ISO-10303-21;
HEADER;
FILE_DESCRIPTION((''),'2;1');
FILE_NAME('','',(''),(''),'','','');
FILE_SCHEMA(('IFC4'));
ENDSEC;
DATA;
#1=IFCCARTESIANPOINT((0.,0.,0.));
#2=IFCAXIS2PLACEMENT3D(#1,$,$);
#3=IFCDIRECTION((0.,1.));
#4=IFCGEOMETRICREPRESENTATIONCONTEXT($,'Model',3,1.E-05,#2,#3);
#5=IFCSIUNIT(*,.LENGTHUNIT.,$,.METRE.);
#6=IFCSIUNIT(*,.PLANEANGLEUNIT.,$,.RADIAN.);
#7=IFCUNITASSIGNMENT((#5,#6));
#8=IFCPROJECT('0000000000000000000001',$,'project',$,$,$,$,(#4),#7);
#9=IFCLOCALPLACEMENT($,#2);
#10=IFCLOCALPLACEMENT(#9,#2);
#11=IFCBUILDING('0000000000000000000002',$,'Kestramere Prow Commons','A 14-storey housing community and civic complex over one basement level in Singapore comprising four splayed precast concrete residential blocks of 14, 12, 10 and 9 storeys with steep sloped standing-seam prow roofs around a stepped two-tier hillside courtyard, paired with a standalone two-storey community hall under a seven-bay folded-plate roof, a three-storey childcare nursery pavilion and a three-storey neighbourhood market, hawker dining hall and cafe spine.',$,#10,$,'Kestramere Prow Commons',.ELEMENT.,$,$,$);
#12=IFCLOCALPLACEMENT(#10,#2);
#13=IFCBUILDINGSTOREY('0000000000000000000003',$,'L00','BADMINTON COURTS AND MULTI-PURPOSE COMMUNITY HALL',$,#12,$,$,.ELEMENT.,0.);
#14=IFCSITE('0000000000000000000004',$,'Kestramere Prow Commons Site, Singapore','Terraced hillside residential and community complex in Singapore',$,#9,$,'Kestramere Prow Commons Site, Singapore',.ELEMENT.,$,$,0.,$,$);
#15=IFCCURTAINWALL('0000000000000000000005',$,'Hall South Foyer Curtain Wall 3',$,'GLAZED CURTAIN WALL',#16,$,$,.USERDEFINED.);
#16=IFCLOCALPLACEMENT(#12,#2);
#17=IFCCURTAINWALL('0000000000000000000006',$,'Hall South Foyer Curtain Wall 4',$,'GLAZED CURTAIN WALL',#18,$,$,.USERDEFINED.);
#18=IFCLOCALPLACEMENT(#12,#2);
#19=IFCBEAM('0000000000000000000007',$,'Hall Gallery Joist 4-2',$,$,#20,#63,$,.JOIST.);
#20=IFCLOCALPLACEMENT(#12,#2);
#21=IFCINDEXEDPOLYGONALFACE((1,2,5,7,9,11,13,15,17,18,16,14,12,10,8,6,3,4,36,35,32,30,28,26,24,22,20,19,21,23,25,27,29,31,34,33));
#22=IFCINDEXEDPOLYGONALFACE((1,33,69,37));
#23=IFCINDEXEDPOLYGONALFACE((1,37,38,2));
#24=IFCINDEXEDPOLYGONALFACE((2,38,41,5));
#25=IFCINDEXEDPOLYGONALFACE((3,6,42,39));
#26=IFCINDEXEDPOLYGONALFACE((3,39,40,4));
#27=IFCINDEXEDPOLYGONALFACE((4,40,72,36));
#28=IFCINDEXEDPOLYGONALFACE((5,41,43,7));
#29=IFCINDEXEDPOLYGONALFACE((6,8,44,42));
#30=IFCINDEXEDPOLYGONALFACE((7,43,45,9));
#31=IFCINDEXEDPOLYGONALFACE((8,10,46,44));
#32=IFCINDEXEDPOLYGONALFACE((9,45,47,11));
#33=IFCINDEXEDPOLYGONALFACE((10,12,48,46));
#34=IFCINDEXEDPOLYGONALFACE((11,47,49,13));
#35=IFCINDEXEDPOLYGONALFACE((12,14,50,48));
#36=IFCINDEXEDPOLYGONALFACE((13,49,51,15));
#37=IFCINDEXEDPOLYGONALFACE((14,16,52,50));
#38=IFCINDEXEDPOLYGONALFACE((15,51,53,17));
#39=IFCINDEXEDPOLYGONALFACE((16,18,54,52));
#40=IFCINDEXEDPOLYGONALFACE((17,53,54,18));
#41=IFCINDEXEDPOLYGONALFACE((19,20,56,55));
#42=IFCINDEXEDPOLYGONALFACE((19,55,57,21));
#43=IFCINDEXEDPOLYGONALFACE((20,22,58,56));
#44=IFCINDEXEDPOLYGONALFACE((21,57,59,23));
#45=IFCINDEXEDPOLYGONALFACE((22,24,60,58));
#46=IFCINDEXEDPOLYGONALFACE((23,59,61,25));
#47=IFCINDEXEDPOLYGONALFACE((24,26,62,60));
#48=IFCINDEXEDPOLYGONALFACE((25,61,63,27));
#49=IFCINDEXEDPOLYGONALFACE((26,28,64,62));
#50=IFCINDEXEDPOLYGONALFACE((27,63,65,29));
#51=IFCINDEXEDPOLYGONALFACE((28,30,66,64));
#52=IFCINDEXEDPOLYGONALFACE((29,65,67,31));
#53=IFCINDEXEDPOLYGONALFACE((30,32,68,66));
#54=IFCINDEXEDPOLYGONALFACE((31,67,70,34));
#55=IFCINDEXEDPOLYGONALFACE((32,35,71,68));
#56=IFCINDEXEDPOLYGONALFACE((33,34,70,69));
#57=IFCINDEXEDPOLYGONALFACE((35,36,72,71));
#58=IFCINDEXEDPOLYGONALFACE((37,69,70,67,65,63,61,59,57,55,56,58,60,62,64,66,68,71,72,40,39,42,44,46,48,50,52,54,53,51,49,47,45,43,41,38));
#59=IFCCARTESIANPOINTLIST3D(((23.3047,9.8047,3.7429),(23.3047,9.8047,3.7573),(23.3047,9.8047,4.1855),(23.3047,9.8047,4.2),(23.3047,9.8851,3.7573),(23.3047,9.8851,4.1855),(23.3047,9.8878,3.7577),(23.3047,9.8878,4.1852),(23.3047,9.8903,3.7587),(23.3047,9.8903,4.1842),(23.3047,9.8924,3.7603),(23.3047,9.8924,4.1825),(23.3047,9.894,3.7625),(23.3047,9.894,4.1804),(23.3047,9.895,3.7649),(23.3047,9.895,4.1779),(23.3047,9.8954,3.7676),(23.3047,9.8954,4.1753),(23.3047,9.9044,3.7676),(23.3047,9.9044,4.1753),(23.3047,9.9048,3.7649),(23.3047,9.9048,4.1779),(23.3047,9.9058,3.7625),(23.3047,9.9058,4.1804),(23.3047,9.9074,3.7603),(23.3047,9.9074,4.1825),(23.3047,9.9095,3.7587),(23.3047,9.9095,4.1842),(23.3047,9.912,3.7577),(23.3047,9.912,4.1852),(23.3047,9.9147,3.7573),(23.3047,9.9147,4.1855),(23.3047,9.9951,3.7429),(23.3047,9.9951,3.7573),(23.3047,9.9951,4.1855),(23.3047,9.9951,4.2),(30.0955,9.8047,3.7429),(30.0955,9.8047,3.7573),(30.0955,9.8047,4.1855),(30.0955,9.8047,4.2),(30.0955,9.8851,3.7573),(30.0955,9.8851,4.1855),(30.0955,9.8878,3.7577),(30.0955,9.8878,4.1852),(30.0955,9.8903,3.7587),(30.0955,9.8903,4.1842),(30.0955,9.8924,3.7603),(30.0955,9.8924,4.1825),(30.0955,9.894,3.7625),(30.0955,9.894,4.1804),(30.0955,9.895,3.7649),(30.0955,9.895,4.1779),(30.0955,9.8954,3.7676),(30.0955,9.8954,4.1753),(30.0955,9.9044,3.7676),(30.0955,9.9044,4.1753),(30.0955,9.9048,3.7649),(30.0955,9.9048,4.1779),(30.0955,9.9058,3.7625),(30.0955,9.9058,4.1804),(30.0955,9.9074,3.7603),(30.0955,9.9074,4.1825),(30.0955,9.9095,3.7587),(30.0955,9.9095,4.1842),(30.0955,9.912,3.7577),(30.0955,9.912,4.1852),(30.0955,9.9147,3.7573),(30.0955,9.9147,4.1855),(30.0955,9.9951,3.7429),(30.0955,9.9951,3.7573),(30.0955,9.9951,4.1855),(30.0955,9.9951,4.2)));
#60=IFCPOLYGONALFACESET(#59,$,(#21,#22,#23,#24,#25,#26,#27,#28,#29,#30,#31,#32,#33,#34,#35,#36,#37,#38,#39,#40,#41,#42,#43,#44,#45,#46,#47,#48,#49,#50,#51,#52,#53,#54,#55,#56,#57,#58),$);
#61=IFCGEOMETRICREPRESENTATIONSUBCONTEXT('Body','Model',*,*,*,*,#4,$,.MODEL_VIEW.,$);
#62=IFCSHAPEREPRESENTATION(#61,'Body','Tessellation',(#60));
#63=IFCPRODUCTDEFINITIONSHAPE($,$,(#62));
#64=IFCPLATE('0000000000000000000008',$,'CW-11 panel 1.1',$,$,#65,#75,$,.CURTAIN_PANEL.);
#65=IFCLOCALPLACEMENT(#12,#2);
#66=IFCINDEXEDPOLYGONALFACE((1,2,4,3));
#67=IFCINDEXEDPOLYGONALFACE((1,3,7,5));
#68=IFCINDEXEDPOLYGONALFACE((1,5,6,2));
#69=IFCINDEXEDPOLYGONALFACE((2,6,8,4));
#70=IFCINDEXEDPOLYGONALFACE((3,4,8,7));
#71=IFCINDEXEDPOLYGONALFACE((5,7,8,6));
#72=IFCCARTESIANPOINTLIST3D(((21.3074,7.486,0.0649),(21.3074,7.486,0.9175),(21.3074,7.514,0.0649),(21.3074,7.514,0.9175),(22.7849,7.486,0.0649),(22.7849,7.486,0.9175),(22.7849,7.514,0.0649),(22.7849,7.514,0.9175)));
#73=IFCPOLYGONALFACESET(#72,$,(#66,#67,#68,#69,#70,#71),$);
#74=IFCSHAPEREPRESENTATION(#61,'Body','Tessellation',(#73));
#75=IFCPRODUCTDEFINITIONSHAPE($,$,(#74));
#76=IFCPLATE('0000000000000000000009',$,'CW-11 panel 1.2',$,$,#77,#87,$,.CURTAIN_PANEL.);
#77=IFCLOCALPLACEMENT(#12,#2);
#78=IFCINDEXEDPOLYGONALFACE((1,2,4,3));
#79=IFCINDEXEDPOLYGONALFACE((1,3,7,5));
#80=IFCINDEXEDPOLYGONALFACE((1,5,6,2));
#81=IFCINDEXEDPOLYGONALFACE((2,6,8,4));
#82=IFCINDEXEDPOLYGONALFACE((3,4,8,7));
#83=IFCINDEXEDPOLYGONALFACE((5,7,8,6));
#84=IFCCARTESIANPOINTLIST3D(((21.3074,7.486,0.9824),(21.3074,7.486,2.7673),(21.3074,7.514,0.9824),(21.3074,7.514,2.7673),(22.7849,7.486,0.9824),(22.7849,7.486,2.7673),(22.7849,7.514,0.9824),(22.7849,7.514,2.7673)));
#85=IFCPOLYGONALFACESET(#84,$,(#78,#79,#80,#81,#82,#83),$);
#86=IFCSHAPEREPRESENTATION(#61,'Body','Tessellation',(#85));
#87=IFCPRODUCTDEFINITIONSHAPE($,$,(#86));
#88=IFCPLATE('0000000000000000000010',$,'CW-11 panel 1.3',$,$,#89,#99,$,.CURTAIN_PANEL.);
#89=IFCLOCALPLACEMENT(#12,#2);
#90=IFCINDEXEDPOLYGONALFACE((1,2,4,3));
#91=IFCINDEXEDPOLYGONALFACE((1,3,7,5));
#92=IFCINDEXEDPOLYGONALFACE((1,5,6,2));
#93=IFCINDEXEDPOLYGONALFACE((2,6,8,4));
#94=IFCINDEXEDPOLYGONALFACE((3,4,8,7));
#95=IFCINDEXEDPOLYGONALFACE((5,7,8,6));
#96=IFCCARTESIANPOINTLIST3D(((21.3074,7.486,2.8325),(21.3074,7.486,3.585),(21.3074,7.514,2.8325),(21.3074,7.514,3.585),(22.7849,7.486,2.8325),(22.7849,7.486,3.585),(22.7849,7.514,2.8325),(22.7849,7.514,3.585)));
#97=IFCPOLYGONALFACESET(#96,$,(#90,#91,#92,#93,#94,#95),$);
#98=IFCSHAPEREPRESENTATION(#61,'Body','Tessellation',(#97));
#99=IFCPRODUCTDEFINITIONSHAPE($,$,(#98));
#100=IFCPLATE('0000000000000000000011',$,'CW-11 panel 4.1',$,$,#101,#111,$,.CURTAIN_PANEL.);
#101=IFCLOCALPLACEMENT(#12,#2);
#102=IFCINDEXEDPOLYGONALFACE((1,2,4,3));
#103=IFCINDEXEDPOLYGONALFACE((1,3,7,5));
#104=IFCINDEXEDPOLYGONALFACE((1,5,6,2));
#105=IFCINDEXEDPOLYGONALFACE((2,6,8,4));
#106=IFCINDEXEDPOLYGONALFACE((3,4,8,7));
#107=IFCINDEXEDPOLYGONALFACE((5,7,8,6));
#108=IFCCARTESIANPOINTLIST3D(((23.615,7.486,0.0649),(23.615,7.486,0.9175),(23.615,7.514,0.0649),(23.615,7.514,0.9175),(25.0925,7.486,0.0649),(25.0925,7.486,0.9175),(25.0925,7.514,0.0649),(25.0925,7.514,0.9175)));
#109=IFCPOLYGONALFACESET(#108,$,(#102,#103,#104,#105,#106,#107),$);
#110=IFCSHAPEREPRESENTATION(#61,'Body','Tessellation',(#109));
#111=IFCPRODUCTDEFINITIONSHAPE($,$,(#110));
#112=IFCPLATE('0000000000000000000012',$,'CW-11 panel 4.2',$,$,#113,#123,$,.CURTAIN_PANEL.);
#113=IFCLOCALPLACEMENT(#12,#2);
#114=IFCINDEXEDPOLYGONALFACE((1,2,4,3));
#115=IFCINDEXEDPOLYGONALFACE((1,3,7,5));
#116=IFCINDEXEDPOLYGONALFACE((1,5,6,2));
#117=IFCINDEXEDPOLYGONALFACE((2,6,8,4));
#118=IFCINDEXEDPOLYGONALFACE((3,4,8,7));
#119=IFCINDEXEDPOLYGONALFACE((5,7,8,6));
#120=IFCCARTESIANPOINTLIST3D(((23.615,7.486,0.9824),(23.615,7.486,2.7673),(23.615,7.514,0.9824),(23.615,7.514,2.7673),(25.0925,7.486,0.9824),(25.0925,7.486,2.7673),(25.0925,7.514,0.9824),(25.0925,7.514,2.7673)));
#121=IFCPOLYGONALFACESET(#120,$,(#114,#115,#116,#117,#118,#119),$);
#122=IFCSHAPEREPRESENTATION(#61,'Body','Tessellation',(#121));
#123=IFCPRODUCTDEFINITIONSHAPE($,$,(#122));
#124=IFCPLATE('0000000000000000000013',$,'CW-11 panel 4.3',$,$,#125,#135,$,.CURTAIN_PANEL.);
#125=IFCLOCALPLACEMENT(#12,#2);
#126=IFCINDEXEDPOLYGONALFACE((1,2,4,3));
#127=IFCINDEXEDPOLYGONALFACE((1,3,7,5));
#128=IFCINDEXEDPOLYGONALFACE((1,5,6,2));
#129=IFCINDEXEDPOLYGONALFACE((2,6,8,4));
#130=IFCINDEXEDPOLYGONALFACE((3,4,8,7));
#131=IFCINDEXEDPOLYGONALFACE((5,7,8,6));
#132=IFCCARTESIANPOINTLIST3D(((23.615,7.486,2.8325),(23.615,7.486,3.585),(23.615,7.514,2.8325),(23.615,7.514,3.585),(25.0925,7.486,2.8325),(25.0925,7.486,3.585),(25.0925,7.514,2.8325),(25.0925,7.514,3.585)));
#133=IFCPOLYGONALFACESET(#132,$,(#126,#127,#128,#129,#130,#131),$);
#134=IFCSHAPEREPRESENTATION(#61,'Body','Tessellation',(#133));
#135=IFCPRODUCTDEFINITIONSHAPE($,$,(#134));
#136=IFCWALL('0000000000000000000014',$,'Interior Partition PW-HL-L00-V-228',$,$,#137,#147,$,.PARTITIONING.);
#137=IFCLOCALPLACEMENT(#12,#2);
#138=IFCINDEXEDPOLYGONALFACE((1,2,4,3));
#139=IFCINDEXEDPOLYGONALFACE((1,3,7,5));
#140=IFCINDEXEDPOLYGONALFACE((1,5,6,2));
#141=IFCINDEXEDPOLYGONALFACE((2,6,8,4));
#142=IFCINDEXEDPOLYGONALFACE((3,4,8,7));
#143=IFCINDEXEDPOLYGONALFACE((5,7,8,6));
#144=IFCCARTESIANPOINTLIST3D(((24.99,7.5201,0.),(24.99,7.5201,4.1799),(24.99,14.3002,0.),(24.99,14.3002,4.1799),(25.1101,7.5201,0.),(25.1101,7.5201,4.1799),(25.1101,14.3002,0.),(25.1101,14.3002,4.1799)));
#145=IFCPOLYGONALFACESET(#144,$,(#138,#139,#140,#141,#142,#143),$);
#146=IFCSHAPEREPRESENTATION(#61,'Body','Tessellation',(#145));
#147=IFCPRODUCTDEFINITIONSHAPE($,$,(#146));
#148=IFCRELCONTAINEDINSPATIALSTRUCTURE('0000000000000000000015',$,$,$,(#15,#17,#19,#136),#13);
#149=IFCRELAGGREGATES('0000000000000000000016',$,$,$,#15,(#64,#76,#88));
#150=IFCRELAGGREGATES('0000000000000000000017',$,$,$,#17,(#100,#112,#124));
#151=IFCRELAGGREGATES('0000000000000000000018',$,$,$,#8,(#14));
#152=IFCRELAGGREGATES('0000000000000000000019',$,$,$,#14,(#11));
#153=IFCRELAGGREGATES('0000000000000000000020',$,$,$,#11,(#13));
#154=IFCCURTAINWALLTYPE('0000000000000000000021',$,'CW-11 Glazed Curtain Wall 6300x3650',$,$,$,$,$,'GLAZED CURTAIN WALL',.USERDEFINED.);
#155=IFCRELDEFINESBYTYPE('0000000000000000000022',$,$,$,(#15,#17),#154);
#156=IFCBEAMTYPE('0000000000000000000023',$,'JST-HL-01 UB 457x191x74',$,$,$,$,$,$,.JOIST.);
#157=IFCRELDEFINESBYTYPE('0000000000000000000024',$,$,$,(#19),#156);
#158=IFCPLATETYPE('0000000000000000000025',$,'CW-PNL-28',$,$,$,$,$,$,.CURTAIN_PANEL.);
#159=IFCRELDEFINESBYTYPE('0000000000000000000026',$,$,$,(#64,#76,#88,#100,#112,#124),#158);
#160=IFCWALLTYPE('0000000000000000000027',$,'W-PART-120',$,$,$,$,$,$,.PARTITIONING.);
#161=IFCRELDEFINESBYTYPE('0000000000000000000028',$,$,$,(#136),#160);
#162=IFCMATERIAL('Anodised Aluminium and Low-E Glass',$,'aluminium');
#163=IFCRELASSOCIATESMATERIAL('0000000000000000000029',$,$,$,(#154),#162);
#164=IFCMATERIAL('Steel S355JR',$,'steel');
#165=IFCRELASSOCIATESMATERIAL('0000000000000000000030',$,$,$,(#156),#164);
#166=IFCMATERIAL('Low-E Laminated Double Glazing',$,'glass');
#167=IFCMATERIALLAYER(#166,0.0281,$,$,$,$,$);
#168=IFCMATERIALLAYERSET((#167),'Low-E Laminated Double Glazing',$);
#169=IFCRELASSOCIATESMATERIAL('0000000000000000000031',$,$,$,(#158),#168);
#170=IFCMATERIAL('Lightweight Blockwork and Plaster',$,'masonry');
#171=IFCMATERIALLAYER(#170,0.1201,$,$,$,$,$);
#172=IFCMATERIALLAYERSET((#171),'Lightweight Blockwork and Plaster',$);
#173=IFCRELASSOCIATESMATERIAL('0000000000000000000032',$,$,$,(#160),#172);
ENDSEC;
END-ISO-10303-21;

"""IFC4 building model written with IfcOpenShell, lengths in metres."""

from ifc_helpers import new_model, si_unit, direction, frame, frame_2d, origin, origin_2d, place, context, subcontext, project, spatial, rectangle, i_section, extrude, material, layer, layer_set, material_profile, profile_set, type_object, element, aggregate, save


model = new_model("IFC4")

# Units and contexts
model_context = context("Model", 3, precision=1e-05, world=origin(), true_north=direction((0.0, 1.0)))
body_context = subcontext(model_context, "Body", "Model", "MODEL_VIEW")
ifc_project = project(units=[si_unit("LENGTHUNIT", "METRE"), si_unit("PLANEANGLEUNIT", "RADIAN")], contexts=[model_context])

# Site, building, storey
site_placement = place(None, origin())
site = spatial("IfcSite", under=ifc_project, at=site_placement, Name="Kestramere Prow Commons Site, Singapore", Description="Terraced hillside residential and community complex in Singapore", LongName="Kestramere Prow Commons Site, Singapore", CompositionType="ELEMENT", RefElevation=0.0)
building_placement = place(site_placement, origin())
building = spatial("IfcBuilding", under=site, at=building_placement, Name="Kestramere Prow Commons", Description="A 14-storey housing community and civic complex over one basement level in Singapore comprising four splayed precast concrete residential blocks of 14, 12, 10 and 9 storeys with steep sloped standing-seam prow roofs around a stepped two-tier hillside courtyard, paired with a standalone two-storey community hall under a seven-bay folded-plate roof, a three-storey childcare nursery pavilion and a three-storey neighbourhood market, hawker dining hall and cafe spine.", LongName="Kestramere Prow Commons", CompositionType="ELEMENT")
storey_placement = place(building_placement, origin())
storey = spatial("IfcBuildingStorey", under=building, at=storey_placement, Name="L00", Description="BADMINTON COURTS AND MULTI-PURPOSE COMMUNITY HALL", CompositionType="ELEMENT", Elevation=0.0)

# Shared definitions
ifc_material_1 = material(Name="Steel S355JR", Category="steel")

# Curtain wall
ifc_material_2 = material(Name="Anodised Aluminium and Low-E Glass", Category="aluminium")
curtain_wall_type = type_object("IfcCurtainWallType", Name="CW-11 Glazed Curtain Wall 6300x3650", ElementType="GLAZED CURTAIN WALL", PredefinedType="USERDEFINED", material=ifc_material_2)
curtain_wall_1_placement = place(storey_placement, origin())
curtain_wall_1 = element("IfcCurtainWall", 1, at=curtain_wall_1_placement, inside=storey, type_object=curtain_wall_type, Name="Hall South Foyer Curtain Wall 3", ObjectType="GLAZED CURTAIN WALL", PredefinedType="USERDEFINED")

# Curtain wall
curtain_wall_2_placement = place(storey_placement, origin())
curtain_wall_2 = element("IfcCurtainWall", 2, at=curtain_wall_2_placement, inside=storey, type_object=curtain_wall_type, Name="Hall South Foyer Curtain Wall 4", ObjectType="GLAZED CURTAIN WALL", PredefinedType="USERDEFINED")

# Beam
ifc_material_profile_1 = material_profile(ifc_material_1, i_section(OverallWidth=0.1904, OverallDepth=0.457, WebThickness=0.009, FlangeThickness=0.0144, FilletRadius=0.0103, at=origin_2d()), Name="UB 457x191x74")
ifc_profile_set_1 = profile_set([ifc_material_profile_1], Name="Steel S355JR")
beam_type_1 = type_object("IfcBeamType", Name="JST-HL-01 UB 457x191x74", PredefinedType="JOIST", material=ifc_profile_set_1)
beam_1_placement = place(storey_placement, frame((23.3047, 9.8999, 3.9714), z_axis=(1.0, 0.0, 0.0), x_axis=(0.0, 1.0, 0.0)))
element("IfcBeam", 3, at=beam_1_placement, inside=storey, type_object=beam_type_1, Name="Hall Gallery Joist 4-2", PredefinedType="JOIST", context=body_context, shape_type="SweptSolid", body=[
    extrude(i_section(OverallWidth=0.1904, OverallDepth=0.457, WebThickness=0.009, FlangeThickness=0.0144, FilletRadius=0.0103, at=origin_2d()), origin(), (0.0, 0.0, 1.0), 6.7908),
])

# Plates
ifc_material_3 = material(Name="Low-E Laminated Double Glazing", Category="glass")
ifc_layer_1 = layer(ifc_material_3, 0.0281)
ifc_layer_set_1 = layer_set([ifc_layer_1], Name="Low-E Laminated Double Glazing")
plate_type = type_object("IfcPlateType", Name="CW-PNL-28", PredefinedType="CURTAIN_PANEL", material=ifc_layer_set_1)
plate_1_placement = place(storey_placement, frame((22.0461, 7.5, 0.0649), z_axis=(0.0, 0.0, 1.0), x_axis=(-1.0, 0.0, 0.0)))
plate_1 = element("IfcPlate", 4, at=plate_1_placement, type_object=plate_type, Name="CW-11 panel 1.1", PredefinedType="CURTAIN_PANEL", context=body_context, shape_type="SweptSolid", body=[
    extrude(rectangle(XDim=1.4775, YDim=0.0281, at=origin_2d()), origin(), (0.0, 0.0, 1.0), 0.8525),
])
plate_2_placement = place(storey_placement, frame((22.0461, 7.5, 0.9824), z_axis=(0.0, 0.0, 1.0), x_axis=(-1.0, 0.0, 0.0)))
plate_2 = element("IfcPlate", 5, at=plate_2_placement, type_object=plate_type, Name="CW-11 panel 1.2", PredefinedType="CURTAIN_PANEL", context=body_context, shape_type="SweptSolid", body=[
    extrude(rectangle(XDim=1.4775, YDim=0.0281, at=origin_2d()), origin(), (0.0, 0.0, 1.0), 1.7849),
])
plate_3_placement = place(storey_placement, frame((22.0461, 7.5, 2.8325), z_axis=(0.0, 0.0, 1.0), x_axis=(-1.0, 0.0, 0.0)))
plate_3 = element("IfcPlate", 6, at=plate_3_placement, type_object=plate_type, Name="CW-11 panel 1.3", PredefinedType="CURTAIN_PANEL", context=body_context, shape_type="SweptSolid", body=[
    extrude(rectangle(XDim=1.4775, YDim=0.0281, at=origin_2d()), origin(), (0.0, 0.0, 1.0), 0.7524),
])
aggregate(curtain_wall_1, [plate_1, plate_2, plate_3])
plate_4_placement = place(storey_placement, frame((24.3538, 7.5, 0.0649), z_axis=(0.0, 0.0, 1.0), x_axis=(-1.0, 0.0, 0.0)))
plate_4 = element("IfcPlate", 7, at=plate_4_placement, type_object=plate_type, Name="CW-11 panel 4.1", PredefinedType="CURTAIN_PANEL", context=body_context, shape_type="SweptSolid", body=[
    extrude(rectangle(XDim=1.4775, YDim=0.0281, at=origin_2d()), origin(), (0.0, 0.0, 1.0), 0.8525),
])
plate_5_placement = place(storey_placement, frame((24.3538, 7.5, 0.9824), z_axis=(0.0, 0.0, 1.0), x_axis=(-1.0, 0.0, 0.0)))
plate_5 = element("IfcPlate", 8, at=plate_5_placement, type_object=plate_type, Name="CW-11 panel 4.2", PredefinedType="CURTAIN_PANEL", context=body_context, shape_type="SweptSolid", body=[
    extrude(rectangle(XDim=1.4775, YDim=0.0281, at=origin_2d()), origin(), (0.0, 0.0, 1.0), 1.7849),
])
plate_6_placement = place(storey_placement, frame((24.3538, 7.5, 2.8325), z_axis=(0.0, 0.0, 1.0), x_axis=(-1.0, 0.0, 0.0)))
plate_6 = element("IfcPlate", 9, at=plate_6_placement, type_object=plate_type, Name="CW-11 panel 4.3", PredefinedType="CURTAIN_PANEL", context=body_context, shape_type="SweptSolid", body=[
    extrude(rectangle(XDim=1.4775, YDim=0.0281, at=origin_2d()), origin(), (0.0, 0.0, 1.0), 0.7524),
])
aggregate(curtain_wall_2, [plate_4, plate_5, plate_6])

# Wall
ifc_material_4 = material(Name="Lightweight Blockwork and Plaster", Category="masonry")
ifc_layer_2 = layer(ifc_material_4, 0.1201)
ifc_layer_set_2 = layer_set([ifc_layer_2], Name="Lightweight Blockwork and Plaster")
wall_type = type_object("IfcWallType", Name="W-PART-120", PredefinedType="PARTITIONING", material=ifc_layer_set_2)
wall_placement = place(storey_placement, frame((25.05, 7.52, 0.0), z_axis=(0.0, 0.0, 1.0), x_axis=(0.0, 1.0, 0.0)))
element("IfcWall", 10, at=wall_placement, inside=storey, type_object=wall_type, Name="Interior Partition PW-HL-L00-V-228", PredefinedType="PARTITIONING", context=body_context, shape_type="SweptSolid", body=[
    extrude(rectangle(XDim=6.78, YDim=0.1201, at=frame_2d((3.3901, 0.0))), origin(), (0.0, 0.0, 1.0), 4.1799),
])

save(model, "model.ifc")
